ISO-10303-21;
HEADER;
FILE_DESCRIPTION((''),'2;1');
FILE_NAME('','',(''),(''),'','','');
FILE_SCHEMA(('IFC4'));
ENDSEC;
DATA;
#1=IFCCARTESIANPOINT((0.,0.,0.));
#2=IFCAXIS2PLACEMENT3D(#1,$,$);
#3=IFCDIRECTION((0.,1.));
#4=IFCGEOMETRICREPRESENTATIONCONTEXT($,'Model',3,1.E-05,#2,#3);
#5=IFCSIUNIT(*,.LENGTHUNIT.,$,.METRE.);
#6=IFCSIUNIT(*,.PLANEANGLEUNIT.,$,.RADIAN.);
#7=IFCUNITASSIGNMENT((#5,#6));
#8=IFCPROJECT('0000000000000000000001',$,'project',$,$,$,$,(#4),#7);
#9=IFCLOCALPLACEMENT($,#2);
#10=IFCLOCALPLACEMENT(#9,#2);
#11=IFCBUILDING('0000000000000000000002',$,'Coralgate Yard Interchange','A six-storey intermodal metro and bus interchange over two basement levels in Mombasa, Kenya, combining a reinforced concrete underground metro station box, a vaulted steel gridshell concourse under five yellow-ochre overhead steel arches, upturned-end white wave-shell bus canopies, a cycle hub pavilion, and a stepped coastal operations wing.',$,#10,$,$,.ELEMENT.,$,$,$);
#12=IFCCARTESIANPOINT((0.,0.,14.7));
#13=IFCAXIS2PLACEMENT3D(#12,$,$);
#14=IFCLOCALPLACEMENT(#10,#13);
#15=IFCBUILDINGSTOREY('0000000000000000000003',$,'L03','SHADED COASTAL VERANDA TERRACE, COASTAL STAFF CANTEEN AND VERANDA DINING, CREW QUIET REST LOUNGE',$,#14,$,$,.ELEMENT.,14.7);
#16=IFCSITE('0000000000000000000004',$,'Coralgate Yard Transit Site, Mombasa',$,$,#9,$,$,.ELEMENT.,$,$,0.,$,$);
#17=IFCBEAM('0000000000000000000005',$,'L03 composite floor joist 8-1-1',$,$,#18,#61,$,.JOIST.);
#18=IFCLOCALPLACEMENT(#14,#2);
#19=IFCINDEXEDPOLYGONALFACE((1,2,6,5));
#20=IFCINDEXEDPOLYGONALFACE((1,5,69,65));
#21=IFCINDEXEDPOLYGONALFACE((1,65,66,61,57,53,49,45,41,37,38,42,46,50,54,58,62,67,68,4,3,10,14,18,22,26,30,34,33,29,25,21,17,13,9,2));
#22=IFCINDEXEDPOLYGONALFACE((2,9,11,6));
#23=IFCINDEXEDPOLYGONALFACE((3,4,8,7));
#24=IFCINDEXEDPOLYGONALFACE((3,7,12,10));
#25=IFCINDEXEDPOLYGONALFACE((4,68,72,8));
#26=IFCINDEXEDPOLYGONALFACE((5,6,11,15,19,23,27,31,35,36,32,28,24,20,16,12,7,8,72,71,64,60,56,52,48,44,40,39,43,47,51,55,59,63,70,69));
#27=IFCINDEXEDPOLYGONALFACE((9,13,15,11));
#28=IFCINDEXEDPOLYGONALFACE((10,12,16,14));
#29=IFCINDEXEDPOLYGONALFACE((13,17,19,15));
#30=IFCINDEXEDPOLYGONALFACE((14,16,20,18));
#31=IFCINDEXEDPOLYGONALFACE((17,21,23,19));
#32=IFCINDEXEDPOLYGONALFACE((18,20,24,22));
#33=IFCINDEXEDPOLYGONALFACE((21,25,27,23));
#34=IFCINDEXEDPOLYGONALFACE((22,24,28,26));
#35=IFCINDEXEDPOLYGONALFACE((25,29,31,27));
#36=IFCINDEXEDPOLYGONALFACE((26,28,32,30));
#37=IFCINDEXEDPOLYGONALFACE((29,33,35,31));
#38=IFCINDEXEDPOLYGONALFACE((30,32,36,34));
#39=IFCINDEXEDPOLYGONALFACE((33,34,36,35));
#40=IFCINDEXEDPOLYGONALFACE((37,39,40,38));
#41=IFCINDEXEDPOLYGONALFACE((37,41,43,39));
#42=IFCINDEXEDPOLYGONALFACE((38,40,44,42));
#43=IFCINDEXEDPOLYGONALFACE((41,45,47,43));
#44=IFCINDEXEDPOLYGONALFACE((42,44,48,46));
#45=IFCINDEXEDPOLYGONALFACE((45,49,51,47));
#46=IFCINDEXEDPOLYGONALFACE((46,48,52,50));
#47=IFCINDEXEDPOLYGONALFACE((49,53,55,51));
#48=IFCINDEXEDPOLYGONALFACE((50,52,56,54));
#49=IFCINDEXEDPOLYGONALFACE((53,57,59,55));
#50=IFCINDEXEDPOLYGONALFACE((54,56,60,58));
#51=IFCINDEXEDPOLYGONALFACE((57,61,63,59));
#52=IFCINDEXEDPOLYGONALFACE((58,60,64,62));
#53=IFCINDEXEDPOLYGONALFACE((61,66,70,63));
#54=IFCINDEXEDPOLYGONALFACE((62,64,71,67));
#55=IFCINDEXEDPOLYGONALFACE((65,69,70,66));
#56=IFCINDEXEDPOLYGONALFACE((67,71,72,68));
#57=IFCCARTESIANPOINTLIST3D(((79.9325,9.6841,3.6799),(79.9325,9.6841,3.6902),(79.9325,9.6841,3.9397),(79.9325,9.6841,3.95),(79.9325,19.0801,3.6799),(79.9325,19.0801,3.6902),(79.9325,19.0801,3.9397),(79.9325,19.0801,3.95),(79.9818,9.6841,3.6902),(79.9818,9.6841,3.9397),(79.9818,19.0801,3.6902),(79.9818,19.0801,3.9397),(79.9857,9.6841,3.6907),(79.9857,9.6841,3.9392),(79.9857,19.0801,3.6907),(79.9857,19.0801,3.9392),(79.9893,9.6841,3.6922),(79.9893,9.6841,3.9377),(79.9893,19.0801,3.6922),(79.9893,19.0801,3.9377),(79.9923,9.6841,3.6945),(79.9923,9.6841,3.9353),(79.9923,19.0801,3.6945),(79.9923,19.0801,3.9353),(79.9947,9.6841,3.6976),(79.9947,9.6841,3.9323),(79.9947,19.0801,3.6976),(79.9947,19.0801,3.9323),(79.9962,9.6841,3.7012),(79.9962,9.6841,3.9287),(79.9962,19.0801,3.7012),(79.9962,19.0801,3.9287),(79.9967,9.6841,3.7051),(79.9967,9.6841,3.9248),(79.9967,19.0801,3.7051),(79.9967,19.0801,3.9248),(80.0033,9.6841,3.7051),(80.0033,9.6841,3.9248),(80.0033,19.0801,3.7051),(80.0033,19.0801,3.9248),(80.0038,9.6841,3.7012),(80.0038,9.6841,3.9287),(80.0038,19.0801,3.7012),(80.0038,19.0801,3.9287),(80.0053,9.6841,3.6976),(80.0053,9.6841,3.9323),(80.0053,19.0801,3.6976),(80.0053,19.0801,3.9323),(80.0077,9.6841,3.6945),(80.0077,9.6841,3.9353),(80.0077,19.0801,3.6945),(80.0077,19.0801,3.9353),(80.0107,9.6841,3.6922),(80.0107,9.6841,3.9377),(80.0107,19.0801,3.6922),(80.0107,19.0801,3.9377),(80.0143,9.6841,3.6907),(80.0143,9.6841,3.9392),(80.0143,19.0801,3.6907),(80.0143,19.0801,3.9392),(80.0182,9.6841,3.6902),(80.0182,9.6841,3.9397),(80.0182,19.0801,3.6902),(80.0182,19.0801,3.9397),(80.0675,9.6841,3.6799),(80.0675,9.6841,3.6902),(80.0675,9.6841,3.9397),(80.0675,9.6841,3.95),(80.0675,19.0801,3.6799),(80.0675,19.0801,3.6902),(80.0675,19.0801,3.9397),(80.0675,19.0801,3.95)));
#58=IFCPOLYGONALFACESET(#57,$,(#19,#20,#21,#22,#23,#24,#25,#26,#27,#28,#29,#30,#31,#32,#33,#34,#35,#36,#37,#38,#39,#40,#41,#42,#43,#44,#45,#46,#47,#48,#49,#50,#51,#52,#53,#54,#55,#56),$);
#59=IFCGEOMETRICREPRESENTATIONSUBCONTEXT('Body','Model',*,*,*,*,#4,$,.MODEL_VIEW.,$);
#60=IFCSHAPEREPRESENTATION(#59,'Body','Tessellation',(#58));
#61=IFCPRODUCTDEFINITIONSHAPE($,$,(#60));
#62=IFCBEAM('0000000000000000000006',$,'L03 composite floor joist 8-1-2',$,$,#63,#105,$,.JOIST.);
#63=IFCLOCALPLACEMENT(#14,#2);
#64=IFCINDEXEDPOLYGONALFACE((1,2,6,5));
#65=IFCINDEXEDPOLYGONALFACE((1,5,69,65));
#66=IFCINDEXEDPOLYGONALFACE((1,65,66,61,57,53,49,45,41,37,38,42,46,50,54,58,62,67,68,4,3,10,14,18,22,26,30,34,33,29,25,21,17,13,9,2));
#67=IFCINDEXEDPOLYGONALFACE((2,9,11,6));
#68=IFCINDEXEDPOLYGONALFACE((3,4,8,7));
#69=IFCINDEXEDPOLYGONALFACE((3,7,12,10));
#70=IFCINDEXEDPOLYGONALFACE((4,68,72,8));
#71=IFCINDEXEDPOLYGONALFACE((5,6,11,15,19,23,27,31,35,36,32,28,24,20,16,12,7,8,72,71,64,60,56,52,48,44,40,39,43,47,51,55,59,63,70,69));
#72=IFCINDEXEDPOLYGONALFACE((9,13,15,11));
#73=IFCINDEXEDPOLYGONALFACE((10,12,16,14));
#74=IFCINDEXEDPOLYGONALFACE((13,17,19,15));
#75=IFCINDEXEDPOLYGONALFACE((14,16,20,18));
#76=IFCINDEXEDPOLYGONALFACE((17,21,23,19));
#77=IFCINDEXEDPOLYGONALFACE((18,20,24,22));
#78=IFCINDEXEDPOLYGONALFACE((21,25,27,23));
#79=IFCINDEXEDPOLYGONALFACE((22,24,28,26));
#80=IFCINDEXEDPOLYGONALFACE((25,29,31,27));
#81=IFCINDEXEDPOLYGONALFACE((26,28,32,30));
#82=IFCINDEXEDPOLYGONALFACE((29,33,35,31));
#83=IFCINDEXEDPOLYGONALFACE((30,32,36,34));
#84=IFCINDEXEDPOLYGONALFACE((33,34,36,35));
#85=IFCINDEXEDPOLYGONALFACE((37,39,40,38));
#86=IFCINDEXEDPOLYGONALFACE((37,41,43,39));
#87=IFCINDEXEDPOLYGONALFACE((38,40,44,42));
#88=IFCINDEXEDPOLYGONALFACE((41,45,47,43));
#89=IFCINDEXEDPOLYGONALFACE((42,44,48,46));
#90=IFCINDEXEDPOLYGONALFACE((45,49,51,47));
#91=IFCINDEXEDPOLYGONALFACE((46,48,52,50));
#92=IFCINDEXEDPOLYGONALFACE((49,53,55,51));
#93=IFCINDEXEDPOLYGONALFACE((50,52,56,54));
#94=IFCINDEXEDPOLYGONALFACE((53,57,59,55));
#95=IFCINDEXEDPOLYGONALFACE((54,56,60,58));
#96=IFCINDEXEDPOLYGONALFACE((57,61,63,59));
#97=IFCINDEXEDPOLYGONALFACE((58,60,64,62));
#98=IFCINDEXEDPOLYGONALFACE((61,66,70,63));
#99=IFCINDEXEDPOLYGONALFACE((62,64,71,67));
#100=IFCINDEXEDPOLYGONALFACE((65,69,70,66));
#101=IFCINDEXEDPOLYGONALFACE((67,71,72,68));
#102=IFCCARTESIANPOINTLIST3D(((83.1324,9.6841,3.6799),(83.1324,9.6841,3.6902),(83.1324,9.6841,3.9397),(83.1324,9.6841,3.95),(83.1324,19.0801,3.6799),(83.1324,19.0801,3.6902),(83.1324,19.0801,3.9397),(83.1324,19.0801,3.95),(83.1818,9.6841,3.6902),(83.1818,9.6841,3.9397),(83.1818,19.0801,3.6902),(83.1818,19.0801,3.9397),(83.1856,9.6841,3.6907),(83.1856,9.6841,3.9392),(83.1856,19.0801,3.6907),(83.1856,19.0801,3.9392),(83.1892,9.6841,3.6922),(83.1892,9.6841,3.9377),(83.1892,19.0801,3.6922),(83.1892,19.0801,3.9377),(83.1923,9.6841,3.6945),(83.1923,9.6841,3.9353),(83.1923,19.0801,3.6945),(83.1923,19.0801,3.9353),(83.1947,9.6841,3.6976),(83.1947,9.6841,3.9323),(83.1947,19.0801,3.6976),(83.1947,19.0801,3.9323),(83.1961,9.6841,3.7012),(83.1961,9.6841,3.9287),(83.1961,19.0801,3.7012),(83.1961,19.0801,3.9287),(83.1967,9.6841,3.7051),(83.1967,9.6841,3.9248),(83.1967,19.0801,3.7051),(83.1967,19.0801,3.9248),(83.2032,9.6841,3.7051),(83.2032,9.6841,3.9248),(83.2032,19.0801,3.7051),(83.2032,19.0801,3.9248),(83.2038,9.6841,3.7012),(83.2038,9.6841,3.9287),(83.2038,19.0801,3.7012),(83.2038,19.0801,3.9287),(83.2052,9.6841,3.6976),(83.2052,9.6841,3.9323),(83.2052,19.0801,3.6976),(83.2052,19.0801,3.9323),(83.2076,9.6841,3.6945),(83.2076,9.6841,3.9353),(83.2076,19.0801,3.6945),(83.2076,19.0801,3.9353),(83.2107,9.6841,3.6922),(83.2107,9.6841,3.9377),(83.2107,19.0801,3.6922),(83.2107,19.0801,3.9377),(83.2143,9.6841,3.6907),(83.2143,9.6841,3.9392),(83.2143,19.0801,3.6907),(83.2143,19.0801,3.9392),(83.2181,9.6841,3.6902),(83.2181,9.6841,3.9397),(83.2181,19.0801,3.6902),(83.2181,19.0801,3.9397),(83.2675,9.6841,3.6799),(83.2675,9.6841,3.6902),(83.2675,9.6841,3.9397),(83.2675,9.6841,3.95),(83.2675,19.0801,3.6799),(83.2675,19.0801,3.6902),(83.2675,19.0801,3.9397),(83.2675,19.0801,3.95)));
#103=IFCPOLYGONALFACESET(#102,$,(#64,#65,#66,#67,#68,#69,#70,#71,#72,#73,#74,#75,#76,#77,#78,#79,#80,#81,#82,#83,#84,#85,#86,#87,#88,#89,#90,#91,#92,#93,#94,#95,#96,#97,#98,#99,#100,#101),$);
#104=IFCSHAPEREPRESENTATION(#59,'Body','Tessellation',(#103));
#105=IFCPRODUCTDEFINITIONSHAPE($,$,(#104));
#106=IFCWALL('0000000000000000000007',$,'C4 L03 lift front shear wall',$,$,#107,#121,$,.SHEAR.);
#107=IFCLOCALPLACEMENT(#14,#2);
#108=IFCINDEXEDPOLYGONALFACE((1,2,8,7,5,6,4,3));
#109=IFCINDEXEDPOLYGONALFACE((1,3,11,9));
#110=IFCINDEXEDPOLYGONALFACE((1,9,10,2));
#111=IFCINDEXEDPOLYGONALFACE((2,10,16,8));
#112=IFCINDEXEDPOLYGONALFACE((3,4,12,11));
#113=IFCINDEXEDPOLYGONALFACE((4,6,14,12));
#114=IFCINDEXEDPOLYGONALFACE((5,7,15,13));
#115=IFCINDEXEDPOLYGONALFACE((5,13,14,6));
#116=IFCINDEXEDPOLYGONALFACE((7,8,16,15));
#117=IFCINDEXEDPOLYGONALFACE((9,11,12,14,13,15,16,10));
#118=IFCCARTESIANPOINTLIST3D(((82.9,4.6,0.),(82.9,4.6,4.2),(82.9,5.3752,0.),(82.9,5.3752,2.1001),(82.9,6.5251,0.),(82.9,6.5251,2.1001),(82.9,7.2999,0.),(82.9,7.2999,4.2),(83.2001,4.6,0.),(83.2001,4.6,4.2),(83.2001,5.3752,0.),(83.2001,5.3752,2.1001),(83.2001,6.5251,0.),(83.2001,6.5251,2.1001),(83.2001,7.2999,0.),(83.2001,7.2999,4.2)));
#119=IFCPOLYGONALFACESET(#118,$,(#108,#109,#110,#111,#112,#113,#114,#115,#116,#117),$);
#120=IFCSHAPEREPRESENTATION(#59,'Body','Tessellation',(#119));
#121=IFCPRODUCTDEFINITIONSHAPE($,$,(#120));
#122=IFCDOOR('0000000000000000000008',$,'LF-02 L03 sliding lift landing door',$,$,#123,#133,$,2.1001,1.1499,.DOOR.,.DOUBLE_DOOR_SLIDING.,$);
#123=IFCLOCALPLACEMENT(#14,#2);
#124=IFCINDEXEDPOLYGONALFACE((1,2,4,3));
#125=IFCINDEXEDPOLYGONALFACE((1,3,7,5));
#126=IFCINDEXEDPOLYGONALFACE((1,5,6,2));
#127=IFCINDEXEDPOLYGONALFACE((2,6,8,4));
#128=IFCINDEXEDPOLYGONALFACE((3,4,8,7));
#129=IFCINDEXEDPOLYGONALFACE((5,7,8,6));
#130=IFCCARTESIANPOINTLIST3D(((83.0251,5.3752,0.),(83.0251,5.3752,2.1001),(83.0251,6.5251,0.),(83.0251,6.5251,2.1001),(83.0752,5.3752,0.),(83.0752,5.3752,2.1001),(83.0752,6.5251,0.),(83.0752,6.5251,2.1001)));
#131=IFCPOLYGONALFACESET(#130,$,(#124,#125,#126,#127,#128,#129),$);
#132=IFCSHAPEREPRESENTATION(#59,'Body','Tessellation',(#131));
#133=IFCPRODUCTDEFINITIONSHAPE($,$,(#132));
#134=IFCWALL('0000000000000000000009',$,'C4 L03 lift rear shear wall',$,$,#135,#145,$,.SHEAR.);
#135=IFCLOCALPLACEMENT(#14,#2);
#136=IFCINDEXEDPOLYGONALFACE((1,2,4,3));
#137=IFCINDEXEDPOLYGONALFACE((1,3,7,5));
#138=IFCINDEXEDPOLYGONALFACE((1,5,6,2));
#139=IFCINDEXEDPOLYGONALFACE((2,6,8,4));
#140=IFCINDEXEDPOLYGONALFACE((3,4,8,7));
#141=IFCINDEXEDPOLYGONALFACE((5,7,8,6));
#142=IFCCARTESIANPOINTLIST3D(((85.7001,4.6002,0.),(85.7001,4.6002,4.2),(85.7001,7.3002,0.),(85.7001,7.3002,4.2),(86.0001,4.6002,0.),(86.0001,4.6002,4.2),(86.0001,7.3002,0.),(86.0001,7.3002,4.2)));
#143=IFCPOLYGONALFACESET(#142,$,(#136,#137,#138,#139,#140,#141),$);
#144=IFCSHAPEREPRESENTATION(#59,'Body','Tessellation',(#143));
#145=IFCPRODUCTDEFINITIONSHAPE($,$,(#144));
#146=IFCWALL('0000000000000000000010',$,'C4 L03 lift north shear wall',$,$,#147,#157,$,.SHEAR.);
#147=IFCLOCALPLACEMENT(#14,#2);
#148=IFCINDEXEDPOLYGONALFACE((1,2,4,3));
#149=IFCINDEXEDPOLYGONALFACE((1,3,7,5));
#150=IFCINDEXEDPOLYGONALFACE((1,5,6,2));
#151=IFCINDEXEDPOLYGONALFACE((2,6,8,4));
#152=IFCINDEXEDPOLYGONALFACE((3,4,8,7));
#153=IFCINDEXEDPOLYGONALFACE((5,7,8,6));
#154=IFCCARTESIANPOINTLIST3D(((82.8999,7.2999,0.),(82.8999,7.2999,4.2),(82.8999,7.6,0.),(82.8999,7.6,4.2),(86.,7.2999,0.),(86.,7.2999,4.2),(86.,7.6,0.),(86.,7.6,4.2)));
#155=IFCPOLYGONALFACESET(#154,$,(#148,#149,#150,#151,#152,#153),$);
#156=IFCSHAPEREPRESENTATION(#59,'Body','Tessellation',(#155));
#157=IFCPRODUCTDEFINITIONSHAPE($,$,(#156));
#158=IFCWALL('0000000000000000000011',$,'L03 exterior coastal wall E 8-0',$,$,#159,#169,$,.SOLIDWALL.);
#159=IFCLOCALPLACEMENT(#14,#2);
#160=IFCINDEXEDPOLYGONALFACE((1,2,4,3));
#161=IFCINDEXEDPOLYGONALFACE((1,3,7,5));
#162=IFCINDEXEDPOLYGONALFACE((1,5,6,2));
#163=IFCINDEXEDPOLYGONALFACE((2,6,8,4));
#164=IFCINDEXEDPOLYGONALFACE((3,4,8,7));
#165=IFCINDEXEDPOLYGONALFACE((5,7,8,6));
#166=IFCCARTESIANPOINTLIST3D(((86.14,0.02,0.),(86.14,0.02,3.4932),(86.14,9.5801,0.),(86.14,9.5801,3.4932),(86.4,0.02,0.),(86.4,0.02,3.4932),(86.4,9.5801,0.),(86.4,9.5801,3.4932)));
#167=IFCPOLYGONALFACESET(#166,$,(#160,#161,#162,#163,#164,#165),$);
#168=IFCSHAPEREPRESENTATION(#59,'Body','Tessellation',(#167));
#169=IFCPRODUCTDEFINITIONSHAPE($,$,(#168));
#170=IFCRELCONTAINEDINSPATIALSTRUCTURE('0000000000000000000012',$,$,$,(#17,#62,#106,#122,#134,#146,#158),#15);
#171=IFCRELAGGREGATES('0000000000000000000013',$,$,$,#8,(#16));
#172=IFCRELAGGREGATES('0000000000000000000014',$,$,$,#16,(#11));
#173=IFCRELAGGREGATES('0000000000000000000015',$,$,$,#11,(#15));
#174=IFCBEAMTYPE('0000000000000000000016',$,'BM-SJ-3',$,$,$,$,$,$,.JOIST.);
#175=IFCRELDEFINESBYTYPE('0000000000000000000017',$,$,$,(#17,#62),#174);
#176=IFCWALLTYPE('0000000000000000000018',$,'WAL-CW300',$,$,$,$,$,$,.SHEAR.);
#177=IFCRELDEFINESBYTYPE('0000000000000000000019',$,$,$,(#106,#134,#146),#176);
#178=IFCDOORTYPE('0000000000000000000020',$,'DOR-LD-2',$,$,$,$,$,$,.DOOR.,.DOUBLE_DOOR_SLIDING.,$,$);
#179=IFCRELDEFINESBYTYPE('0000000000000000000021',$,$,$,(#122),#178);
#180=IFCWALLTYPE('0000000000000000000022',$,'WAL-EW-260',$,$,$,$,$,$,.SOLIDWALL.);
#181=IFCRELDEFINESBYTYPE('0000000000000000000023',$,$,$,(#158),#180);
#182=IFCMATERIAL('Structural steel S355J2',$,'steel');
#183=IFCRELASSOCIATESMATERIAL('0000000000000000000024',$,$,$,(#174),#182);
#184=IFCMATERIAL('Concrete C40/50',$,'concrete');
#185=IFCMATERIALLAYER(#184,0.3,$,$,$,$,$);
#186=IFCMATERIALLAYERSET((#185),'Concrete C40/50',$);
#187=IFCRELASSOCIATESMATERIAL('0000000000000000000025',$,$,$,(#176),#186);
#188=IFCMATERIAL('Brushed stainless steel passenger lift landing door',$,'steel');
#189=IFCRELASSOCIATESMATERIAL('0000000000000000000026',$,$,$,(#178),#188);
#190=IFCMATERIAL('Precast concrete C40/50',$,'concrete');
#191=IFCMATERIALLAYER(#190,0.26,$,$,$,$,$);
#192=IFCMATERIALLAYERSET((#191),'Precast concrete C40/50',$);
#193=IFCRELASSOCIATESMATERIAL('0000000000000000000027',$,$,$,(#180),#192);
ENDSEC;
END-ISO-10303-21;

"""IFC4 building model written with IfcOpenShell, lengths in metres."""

from ifc_helpers import new_model, si_unit, direction, frame, frame_2d, origin, origin_2d, place, context, subcontext, project, spatial, rectangle, i_section, extrude, material, layer, layer_set, material_profile, profile_set, type_object, element, fill, save


model = new_model("IFC4")

# Units and contexts
model_context = context("Model", 3, precision=1e-05, world=origin(), true_north=direction((0.0, 1.0)))
body_context = subcontext(model_context, "Body", "Model", "MODEL_VIEW")
ifc_project = project(units=[si_unit("LENGTHUNIT", "METRE"), si_unit("PLANEANGLEUNIT", "RADIAN")], contexts=[model_context])

# Site, building, storey
site_placement = place(None, origin())
site = spatial("IfcSite", under=ifc_project, at=site_placement, Name="Coralgate Yard Transit Site, Mombasa", CompositionType="ELEMENT", RefElevation=0.0)
building_placement = place(site_placement, origin())
building = spatial("IfcBuilding", under=site, at=building_placement, Name="Coralgate Yard Interchange", Description="A six-storey intermodal metro and bus interchange over two basement levels in Mombasa, Kenya, combining a reinforced concrete underground metro station box, a vaulted steel gridshell concourse under five yellow-ochre overhead steel arches, upturned-end white wave-shell bus canopies, a cycle hub pavilion, and a stepped coastal operations wing.", CompositionType="ELEMENT")
storey_placement = place(building_placement, frame((0.0, 0.0, 14.7)))
storey = spatial("IfcBuildingStorey", under=building, at=storey_placement, Name="L03", Description="SHADED COASTAL VERANDA TERRACE, COASTAL STAFF CANTEEN AND VERANDA DINING, CREW QUIET REST LOUNGE", CompositionType="ELEMENT", Elevation=14.7)

# Shared definitions
ifc_material_1 = material(Name="Structural steel S355J2", Category="steel")

# Beams
ifc_material_profile_1 = material_profile(ifc_material_1, i_section(OverallWidth=0.135, OverallDepth=0.27, WebThickness=0.0066, FlangeThickness=0.0103, FilletRadius=0.0149, at=origin_2d()), Name="IPE 270")
ifc_profile_set_1 = profile_set([ifc_material_profile_1], Name="Structural steel S355J2")
beam_type_1 = type_object("IfcBeamType", Name="BM-SJ-3", PredefinedType="JOIST", material=ifc_profile_set_1)
for number, where, z_axis, x_axis, name in (
    (1, (80.0, 9.6841, 3.8149), (0.0, 1.0, 0.0), (-1.0, 0.0, 0.0), "L03 composite floor joist 8-1-1"),
    (2, (83.2, 9.6841, 3.8149), (0.0, 1.0, 0.0), (-1.0, 0.0, 0.0), "L03 composite floor joist 8-1-2"),
):
    element("IfcBeam", number, at=place(storey_placement, frame(where, z_axis=z_axis, x_axis=x_axis)), inside=storey, type_object=beam_type_1, Name=name, PredefinedType="JOIST", context=body_context, shape_type="SweptSolid", body=[
        extrude(i_section(OverallWidth=0.135, OverallDepth=0.27, WebThickness=0.0066, FlangeThickness=0.0103, FilletRadius=0.0149, at=origin_2d()), origin(), (0.0, 0.0, 1.0), 9.396),
    ])

# Wall, opening, door
ifc_material_2 = material(Name="Concrete C40/50", Category="concrete")
ifc_layer_1 = layer(ifc_material_2, 0.3)
ifc_layer_set_1 = layer_set([ifc_layer_1], Name="Concrete C40/50")
wall_type_1 = type_object("IfcWallType", Name="WAL-CW300", PredefinedType="SHEAR", material=ifc_layer_set_1)
wall_1_placement = place(storey_placement, frame((83.05, 7.3, 0.0), z_axis=(0.0, 0.0, 1.0), x_axis=(0.0, -1.0, 0.0)))
wall_1 = element("IfcWall", 3, at=wall_1_placement, inside=storey, type_object=wall_type_1, Name="C4 L03 lift front shear wall", PredefinedType="SHEAR", context=body_context, shape_type="SweptSolid", body=[
    extrude(rectangle(XDim=2.7, YDim=0.3, at=frame_2d((1.3501, 0.0))), origin(), (0.0, 0.0, 1.0), 4.2),
])
opening_1_placement = place(wall_1_placement, frame((0.7749, 0.0, 0.0)))
opening_1 = element("IfcOpeningElement", 4, at=opening_1_placement, cuts=wall_1, PredefinedType="OPENING", context=body_context, shape_type="SweptSolid", body=[
    extrude(rectangle(XDim=1.1499, YDim=2.1001, at=frame_2d((0.575, 1.05))), frame((0.0, 0.1599, 0.0), z_axis=(0.0, -1.0, 0.0), x_axis=(1.0, 0.0, 0.0)), (0.0, 0.0, 1.0), 0.3201),
])
ifc_material_3 = material(Name="Brushed stainless steel passenger lift landing door", Category="steel")
door_type_1 = type_object("IfcDoorType", Name="DOR-LD-2", OperationType="DOUBLE_DOOR_SLIDING", PredefinedType="DOOR", material=ifc_material_3)
door_1_placement = place(opening_1_placement, frame((1.1499, 0.0, 0.0), z_axis=(0.0, 0.0, 1.0), x_axis=(-1.0, 0.0, 0.0)))
door_1 = element("IfcDoor", 5, at=door_1_placement, inside=storey, type_object=door_type_1, Name="LF-02 L03 sliding lift landing door", OperationType="DOUBLE_DOOR_SLIDING", OverallHeight=2.1001, OverallWidth=1.1499, PredefinedType="DOOR", context=body_context, shape_type="SweptSolid", body=[
    extrude(rectangle(XDim=1.1499, YDim=2.1001, at=frame_2d((0.575, 1.05))), frame((0.0, 0.0249, 0.0), z_axis=(0.0, -1.0, 0.0), x_axis=(1.0, 0.0, 0.0)), (0.0, 0.0, 1.0), 0.05),
])
fill(opening_1, door_1)

# Walls
wall_2_placement = place(storey_placement, frame((85.8501, 4.6001, 0.0), z_axis=(0.0, 0.0, 1.0), x_axis=(0.0, 1.0, 0.0)))
element("IfcWall", 6, at=wall_2_placement, inside=storey, type_object=wall_type_1, Name="C4 L03 lift rear shear wall", PredefinedType="SHEAR", context=body_context, shape_type="SweptSolid", body=[
    extrude(rectangle(XDim=2.7, YDim=0.3, at=frame_2d((1.3501, 0.0))), origin(), (0.0, 0.0, 1.0), 4.2),
])
wall_3_placement = place(storey_placement, frame((82.8999, 7.45, 0.0), z_axis=(0.0, 0.0, 1.0), x_axis=(1.0, 0.0, 0.0)))
element("IfcWall", 7, at=wall_3_placement, inside=storey, type_object=wall_type_1, Name="C4 L03 lift north shear wall", PredefinedType="SHEAR", context=body_context, shape_type="SweptSolid", body=[
    extrude(rectangle(XDim=3.1001, YDim=0.3, at=frame_2d((1.55, 0.0))), origin(), (0.0, 0.0, 1.0), 4.2),
])
ifc_material_4 = material(Name="Precast concrete C40/50", Category="concrete")
ifc_layer_2 = layer(ifc_material_4, 0.26)
ifc_layer_set_2 = layer_set([ifc_layer_2], Name="Precast concrete C40/50")
wall_type_2 = type_object("IfcWallType", Name="WAL-EW-260", PredefinedType="SOLIDWALL", material=ifc_layer_set_2)
wall_4_placement = place(storey_placement, frame((86.27, 9.5801, 0.0), z_axis=(0.0, 0.0, 1.0), x_axis=(0.0, -1.0, 0.0)))
element("IfcWall", 8, at=wall_4_placement, inside=storey, type_object=wall_type_2, Name="L03 exterior coastal wall E 8-0", PredefinedType="SOLIDWALL", context=body_context, shape_type="SweptSolid", body=[
    extrude(rectangle(XDim=9.5601, YDim=0.26, at=frame_2d((4.78, 0.0))), origin(), (0.0, 0.0, 1.0), 3.4932),
])

save(model, "model.ifc")
